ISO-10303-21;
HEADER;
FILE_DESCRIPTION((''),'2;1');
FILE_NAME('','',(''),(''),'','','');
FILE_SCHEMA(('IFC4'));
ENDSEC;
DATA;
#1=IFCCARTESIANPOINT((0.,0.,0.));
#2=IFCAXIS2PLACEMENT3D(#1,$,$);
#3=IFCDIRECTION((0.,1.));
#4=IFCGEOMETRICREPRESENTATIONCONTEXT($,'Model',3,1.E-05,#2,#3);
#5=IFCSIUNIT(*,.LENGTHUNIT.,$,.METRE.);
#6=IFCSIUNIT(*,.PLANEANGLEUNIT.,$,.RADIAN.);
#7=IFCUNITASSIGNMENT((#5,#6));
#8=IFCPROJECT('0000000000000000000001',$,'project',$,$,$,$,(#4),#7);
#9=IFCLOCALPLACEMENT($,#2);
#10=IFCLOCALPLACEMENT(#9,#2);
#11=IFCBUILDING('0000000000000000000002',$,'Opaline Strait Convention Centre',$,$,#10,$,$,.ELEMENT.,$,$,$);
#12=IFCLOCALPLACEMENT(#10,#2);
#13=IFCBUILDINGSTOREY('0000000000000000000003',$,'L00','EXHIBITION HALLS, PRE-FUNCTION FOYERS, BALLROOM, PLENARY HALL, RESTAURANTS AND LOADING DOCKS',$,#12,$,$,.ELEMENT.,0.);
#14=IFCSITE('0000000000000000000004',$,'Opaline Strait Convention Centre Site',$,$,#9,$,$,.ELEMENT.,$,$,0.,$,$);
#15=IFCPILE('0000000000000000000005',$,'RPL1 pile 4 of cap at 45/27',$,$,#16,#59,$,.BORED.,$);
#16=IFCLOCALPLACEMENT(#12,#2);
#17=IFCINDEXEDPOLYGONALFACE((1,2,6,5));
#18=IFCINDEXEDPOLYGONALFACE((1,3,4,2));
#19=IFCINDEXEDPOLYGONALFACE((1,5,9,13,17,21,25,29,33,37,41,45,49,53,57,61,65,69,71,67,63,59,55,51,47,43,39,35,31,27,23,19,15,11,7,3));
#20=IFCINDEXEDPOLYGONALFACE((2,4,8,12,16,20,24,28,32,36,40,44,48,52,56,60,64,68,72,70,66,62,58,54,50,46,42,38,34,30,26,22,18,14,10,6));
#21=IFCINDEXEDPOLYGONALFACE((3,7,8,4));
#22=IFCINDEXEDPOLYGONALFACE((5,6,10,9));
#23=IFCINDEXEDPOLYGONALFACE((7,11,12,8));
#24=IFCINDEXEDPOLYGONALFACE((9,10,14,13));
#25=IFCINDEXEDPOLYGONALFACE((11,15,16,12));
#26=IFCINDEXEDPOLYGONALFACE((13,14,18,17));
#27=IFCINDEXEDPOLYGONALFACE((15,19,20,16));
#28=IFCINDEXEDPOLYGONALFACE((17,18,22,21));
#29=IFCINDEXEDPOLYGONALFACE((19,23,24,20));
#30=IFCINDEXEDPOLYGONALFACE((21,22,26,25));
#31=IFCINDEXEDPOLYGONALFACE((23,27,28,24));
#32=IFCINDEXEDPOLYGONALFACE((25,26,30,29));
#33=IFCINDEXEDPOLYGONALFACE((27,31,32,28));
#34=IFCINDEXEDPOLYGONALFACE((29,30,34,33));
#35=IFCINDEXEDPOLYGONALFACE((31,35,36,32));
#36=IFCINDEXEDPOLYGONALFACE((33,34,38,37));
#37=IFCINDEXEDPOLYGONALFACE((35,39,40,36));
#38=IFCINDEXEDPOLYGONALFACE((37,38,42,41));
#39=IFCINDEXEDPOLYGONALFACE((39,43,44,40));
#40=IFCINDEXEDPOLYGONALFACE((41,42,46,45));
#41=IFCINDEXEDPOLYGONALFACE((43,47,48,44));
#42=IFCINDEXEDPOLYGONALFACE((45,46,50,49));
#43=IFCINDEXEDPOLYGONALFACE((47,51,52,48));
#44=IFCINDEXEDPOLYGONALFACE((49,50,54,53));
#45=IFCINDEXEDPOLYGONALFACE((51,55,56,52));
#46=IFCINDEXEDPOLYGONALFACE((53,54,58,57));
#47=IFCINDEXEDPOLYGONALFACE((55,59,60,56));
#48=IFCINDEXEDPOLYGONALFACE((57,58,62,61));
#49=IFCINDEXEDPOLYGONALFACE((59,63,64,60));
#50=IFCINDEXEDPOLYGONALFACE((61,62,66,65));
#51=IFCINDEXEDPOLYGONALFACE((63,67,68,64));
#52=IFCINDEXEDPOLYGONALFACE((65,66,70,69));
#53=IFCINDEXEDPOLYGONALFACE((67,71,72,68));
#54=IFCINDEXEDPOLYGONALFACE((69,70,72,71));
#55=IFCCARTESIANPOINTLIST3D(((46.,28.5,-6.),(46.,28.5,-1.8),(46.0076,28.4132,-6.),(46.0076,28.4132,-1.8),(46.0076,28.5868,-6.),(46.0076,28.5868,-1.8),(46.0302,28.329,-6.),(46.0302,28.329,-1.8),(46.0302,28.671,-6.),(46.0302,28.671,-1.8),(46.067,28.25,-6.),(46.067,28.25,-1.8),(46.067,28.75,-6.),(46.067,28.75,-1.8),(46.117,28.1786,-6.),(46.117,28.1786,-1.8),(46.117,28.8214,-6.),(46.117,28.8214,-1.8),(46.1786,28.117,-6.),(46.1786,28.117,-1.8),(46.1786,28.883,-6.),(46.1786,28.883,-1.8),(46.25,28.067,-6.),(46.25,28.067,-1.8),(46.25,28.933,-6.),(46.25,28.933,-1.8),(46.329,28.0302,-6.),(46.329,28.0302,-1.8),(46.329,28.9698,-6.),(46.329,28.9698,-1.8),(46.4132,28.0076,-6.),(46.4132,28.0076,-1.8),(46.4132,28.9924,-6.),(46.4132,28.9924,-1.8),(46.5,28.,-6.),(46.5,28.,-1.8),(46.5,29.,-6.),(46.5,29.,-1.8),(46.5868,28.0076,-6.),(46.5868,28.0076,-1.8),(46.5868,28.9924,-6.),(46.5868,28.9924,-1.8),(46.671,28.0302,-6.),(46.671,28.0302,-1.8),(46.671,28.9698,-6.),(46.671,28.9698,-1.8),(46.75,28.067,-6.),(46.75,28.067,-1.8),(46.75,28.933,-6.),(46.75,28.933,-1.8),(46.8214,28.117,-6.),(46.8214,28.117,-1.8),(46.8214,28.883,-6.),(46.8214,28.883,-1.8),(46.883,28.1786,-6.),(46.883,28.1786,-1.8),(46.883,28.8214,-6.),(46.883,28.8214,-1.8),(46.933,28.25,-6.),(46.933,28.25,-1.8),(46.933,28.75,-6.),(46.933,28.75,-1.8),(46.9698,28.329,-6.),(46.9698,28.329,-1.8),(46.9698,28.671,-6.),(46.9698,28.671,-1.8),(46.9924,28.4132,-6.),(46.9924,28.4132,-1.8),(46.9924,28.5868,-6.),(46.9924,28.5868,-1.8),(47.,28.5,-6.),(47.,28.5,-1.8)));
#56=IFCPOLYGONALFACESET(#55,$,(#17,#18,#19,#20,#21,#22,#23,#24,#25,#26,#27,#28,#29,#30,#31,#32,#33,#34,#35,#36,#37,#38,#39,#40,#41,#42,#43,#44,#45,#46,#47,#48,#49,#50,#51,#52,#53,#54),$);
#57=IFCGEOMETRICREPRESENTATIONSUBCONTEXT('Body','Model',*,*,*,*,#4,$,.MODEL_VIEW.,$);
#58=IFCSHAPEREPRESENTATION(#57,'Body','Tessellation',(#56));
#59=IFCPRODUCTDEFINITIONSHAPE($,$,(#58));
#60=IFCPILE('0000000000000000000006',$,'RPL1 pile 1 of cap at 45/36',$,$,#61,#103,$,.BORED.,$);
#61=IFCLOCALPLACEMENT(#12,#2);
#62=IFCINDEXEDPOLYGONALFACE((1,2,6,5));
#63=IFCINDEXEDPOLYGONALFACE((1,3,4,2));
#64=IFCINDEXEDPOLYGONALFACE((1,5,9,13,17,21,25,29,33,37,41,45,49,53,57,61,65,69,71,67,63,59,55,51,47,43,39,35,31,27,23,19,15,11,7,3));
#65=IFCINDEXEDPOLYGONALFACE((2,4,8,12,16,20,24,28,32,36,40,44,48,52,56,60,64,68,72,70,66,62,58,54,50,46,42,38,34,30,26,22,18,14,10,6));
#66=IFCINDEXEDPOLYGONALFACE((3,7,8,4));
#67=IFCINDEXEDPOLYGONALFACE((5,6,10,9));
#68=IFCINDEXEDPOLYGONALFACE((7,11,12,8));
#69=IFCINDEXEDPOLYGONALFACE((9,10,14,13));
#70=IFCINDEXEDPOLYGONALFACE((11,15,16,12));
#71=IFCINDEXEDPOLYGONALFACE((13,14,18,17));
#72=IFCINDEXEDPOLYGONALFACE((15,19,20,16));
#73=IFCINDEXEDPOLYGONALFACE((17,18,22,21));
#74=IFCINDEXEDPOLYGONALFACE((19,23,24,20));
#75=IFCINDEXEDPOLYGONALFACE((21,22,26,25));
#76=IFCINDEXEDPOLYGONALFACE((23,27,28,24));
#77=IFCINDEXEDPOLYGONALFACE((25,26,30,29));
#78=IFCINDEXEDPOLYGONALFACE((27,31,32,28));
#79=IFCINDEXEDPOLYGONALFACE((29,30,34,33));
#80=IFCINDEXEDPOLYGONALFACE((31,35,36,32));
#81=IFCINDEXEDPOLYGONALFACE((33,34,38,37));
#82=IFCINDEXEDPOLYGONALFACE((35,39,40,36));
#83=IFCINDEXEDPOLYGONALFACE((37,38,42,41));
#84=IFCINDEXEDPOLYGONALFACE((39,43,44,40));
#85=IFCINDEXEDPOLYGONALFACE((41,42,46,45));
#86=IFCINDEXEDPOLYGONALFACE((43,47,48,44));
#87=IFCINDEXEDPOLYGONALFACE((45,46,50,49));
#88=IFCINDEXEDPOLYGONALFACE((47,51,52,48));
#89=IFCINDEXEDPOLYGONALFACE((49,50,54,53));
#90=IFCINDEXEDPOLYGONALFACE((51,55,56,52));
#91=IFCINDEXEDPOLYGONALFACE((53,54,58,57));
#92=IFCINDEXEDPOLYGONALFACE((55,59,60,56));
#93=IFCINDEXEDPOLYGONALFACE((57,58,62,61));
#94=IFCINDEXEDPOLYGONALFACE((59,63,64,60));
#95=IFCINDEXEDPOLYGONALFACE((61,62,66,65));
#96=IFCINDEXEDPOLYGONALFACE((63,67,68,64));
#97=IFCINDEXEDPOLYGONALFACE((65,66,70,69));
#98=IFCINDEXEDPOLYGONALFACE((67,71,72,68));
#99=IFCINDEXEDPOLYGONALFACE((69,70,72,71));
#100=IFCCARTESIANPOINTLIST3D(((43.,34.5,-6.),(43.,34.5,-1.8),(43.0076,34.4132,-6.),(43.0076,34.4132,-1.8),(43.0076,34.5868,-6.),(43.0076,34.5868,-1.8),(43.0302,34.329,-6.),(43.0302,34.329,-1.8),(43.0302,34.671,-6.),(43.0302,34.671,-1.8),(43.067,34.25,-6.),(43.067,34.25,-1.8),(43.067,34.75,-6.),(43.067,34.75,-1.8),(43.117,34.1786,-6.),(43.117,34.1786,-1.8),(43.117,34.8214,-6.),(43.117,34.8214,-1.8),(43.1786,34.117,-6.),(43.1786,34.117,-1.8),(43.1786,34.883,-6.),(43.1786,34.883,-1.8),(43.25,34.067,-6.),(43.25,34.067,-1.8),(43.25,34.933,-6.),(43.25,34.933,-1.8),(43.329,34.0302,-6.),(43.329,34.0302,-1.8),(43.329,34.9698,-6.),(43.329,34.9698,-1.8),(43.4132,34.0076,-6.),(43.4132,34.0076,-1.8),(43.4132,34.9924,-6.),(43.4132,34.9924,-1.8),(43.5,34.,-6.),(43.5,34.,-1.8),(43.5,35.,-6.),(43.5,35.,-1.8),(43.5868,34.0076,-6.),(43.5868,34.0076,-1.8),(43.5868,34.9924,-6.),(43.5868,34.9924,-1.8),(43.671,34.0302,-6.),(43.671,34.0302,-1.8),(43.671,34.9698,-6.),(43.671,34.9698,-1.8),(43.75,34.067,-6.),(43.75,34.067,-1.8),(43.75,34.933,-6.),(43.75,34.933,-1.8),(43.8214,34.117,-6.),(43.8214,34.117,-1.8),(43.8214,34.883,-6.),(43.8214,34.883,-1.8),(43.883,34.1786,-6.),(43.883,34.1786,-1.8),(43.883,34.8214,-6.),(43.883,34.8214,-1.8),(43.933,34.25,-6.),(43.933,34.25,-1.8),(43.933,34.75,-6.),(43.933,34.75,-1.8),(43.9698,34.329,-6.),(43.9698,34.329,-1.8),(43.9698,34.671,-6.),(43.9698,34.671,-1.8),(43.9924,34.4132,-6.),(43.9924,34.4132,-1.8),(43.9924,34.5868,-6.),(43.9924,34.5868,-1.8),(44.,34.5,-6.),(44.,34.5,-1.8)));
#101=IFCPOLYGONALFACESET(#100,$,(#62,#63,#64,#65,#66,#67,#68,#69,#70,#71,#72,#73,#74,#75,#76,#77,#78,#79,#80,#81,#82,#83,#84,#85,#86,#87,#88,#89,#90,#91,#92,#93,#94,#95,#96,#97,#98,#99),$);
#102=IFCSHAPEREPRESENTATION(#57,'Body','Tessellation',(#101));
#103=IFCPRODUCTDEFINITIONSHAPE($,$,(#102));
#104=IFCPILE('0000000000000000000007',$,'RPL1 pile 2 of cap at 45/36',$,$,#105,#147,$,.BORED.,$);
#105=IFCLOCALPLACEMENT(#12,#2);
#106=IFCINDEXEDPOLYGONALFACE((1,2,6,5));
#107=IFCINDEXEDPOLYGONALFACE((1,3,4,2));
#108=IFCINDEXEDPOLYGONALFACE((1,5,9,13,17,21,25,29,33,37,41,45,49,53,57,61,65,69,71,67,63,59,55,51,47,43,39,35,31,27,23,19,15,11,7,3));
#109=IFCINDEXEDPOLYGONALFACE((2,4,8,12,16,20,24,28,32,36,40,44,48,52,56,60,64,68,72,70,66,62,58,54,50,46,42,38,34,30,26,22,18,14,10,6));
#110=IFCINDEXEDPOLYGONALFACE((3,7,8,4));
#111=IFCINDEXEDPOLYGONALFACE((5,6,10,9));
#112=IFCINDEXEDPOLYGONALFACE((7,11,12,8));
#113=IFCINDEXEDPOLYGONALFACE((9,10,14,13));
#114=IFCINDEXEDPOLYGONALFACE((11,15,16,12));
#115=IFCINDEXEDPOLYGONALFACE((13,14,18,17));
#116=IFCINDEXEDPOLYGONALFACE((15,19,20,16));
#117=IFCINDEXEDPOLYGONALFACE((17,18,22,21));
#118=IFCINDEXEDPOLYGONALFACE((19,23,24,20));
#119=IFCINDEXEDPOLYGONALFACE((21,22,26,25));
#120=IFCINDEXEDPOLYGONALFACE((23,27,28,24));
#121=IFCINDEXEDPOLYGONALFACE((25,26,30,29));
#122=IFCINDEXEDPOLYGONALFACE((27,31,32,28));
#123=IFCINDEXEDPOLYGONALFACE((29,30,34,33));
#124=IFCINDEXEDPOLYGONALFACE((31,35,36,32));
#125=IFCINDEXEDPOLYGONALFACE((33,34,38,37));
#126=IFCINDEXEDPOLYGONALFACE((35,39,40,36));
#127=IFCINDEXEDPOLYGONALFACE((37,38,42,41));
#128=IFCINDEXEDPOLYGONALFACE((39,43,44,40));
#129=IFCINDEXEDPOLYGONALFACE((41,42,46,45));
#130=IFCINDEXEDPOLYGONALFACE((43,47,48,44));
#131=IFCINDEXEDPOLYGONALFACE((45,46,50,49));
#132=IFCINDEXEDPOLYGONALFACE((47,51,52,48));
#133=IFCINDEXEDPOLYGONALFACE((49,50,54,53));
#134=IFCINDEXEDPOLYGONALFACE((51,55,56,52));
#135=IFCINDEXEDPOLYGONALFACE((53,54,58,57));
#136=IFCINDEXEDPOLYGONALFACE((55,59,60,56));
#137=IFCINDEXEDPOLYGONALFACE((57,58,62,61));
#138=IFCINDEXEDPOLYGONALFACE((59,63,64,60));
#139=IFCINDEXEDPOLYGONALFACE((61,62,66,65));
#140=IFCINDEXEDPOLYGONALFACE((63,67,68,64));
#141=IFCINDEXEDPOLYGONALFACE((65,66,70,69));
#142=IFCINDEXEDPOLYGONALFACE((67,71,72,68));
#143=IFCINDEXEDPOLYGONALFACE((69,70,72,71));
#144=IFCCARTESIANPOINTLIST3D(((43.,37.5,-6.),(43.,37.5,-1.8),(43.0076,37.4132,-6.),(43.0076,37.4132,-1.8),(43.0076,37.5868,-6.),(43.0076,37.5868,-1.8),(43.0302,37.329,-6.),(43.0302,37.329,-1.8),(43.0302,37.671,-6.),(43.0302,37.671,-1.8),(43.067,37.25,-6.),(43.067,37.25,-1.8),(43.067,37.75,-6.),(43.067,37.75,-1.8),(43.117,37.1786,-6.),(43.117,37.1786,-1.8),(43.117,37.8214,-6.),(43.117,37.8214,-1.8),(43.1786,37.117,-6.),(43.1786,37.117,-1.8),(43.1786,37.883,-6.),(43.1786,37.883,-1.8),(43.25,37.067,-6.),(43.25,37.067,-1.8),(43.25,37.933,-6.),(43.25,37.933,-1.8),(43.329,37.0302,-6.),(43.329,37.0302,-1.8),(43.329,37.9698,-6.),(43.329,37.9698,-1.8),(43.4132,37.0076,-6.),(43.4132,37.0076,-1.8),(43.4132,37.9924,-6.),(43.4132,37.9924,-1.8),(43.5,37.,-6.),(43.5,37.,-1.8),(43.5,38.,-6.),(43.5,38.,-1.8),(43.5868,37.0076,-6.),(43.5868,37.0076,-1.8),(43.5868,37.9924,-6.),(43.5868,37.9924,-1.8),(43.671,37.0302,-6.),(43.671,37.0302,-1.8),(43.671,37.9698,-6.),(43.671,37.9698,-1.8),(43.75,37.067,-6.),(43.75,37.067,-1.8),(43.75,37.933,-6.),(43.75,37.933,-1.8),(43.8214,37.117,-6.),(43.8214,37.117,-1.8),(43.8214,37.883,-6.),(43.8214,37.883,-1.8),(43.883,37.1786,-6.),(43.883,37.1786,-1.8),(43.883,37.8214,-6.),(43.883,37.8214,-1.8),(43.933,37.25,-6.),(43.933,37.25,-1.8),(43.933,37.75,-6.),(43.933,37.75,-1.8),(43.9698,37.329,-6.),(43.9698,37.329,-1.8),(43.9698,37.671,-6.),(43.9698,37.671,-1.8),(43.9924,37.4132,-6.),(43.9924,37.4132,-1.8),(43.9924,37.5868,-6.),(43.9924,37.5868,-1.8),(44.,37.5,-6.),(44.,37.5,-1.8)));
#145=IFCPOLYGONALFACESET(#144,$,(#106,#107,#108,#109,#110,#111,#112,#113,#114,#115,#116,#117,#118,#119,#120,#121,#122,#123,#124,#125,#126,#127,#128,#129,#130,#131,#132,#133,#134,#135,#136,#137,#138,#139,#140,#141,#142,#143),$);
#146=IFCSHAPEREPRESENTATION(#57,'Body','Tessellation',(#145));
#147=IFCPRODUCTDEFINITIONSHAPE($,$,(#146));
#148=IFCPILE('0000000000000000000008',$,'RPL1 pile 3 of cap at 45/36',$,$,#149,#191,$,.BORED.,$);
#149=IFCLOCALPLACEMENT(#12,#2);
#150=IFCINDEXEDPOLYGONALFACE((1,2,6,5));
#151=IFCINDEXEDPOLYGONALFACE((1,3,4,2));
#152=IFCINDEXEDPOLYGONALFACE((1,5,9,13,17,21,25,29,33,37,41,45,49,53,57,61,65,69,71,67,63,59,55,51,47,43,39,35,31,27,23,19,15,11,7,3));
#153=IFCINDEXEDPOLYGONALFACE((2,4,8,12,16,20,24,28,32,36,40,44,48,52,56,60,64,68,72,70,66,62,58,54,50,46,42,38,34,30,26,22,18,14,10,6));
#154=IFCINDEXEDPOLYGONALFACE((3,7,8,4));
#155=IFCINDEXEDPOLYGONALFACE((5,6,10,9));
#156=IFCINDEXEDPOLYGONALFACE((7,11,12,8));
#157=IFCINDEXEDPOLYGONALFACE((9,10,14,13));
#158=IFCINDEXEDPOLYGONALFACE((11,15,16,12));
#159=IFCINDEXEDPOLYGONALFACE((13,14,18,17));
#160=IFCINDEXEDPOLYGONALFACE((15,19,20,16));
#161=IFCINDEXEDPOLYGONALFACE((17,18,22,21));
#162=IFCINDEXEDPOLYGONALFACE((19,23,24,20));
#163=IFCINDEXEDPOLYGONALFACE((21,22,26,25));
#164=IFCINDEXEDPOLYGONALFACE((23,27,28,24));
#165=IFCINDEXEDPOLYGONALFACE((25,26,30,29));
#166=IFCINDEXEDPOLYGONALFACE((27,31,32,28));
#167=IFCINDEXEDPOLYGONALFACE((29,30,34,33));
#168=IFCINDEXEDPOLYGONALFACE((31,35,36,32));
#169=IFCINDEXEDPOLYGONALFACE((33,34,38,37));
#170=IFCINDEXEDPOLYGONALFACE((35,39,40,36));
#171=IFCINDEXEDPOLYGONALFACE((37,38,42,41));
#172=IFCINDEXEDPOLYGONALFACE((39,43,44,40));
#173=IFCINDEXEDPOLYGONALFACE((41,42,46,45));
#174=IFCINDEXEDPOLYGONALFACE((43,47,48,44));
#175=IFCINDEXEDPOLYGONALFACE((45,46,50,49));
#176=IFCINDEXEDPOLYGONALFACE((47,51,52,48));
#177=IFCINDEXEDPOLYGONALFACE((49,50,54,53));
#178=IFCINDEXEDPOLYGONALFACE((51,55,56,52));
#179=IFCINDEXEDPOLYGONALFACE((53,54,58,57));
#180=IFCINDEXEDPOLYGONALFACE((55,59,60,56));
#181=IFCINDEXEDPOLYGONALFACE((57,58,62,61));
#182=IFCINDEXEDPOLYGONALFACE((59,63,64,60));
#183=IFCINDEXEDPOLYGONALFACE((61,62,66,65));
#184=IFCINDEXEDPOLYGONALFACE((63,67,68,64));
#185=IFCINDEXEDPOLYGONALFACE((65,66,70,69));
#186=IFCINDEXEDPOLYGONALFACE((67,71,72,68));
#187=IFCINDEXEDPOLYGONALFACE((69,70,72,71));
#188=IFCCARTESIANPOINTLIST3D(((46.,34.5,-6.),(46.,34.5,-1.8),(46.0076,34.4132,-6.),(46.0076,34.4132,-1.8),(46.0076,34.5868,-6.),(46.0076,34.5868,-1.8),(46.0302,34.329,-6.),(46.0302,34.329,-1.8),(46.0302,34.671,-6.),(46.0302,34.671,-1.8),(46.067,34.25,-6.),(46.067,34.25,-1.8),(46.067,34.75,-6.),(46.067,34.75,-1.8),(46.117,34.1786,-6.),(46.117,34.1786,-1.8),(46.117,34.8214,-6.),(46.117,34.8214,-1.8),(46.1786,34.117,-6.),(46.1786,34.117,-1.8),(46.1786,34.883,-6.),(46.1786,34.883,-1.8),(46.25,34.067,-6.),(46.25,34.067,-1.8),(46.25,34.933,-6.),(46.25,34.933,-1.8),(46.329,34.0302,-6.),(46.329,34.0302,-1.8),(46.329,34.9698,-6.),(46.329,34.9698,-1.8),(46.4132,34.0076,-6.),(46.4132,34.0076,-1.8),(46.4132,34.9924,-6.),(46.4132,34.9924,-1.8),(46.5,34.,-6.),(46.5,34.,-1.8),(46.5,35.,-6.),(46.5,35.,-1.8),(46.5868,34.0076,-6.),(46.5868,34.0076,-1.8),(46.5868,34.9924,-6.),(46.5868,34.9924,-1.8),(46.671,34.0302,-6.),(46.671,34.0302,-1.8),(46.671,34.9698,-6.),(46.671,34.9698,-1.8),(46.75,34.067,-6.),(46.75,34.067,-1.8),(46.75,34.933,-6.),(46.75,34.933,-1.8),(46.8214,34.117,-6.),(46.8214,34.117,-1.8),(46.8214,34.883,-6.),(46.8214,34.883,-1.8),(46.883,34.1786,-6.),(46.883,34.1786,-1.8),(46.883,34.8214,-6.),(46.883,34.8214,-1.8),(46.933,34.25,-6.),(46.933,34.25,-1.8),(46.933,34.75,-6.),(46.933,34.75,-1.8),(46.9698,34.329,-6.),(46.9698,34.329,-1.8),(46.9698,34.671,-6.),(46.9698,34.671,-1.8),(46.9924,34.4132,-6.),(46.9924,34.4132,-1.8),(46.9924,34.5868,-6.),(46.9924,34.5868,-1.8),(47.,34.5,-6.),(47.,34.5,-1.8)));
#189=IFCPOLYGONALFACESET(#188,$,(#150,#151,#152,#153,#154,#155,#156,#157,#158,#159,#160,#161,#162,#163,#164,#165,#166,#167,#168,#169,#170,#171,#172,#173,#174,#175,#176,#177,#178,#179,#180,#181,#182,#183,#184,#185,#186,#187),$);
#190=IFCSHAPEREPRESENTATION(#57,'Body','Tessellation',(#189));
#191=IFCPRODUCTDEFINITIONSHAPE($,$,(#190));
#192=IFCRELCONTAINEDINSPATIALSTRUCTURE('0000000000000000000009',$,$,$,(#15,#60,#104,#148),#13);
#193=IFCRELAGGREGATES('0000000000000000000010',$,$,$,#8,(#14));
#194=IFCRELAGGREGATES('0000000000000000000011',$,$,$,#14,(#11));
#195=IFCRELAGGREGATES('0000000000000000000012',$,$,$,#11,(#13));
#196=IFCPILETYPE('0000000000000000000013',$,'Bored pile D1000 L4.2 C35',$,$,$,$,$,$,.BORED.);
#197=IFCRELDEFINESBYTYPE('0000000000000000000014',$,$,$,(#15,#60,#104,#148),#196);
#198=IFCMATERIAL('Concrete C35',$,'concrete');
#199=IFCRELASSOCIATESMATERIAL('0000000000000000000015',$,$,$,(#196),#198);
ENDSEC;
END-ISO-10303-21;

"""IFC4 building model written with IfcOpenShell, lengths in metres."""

from ifc_helpers import new_model, si_unit, direction, frame, origin, origin_2d, place, context, subcontext, project, spatial, circle, extrude, material, material_profile, profile_set, type_object, element, save


model = new_model("IFC4")

# Units and contexts
model_context = context("Model", 3, precision=1e-05, world=origin(), true_north=direction((0.0, 1.0)))
body_context = subcontext(model_context, "Body", "Model", "MODEL_VIEW")
ifc_project = project(units=[si_unit("LENGTHUNIT", "METRE"), si_unit("PLANEANGLEUNIT", "RADIAN")], contexts=[model_context])

# Site, building, storey
site_placement = place(None, origin())
site = spatial("IfcSite", under=ifc_project, at=site_placement, Name="Opaline Strait Convention Centre Site", CompositionType="ELEMENT", RefElevation=0.0)
building_placement = place(site_placement, origin())
building = spatial("IfcBuilding", under=site, at=building_placement, Name="Opaline Strait Convention Centre", CompositionType="ELEMENT")
storey_placement = place(building_placement, origin())
storey = spatial("IfcBuildingStorey", under=building, at=storey_placement, Name="L00", Description="EXHIBITION HALLS, PRE-FUNCTION FOYERS, BALLROOM, PLENARY HALL, RESTAURANTS AND LOADING DOCKS", CompositionType="ELEMENT", Elevation=0.0)

# Piles
ifc_material_1 = material(Name="Concrete C35", Category="concrete")
ifc_material_profile_1 = material_profile(ifc_material_1, circle(Radius=0.5, at=origin_2d()), Name="D1000")
ifc_profile_set_1 = profile_set([ifc_material_profile_1], Name="Concrete C35")
pile_type = type_object("IfcPileType", Name="Bored pile D1000 L4.2 C35", PredefinedType="BORED", material=ifc_profile_set_1)
for number, where, z_axis, x_axis, name in (
    (1, (46.5, 28.5, -1.8), (0.0, 0.0, -1.0), (1.0, 0.0, 0.0), "RPL1 pile 4 of cap at 45/27"),
    (2, (43.5, 34.5, -1.8), (0.0, 0.0, -1.0), (1.0, 0.0, 0.0), "RPL1 pile 1 of cap at 45/36"),
    (3, (43.5, 37.5, -1.8), (0.0, 0.0, -1.0), (1.0, 0.0, 0.0), "RPL1 pile 2 of cap at 45/36"),
    (4, (46.5, 34.5, -1.8), (0.0, 0.0, -1.0), (1.0, 0.0, 0.0), "RPL1 pile 3 of cap at 45/36"),
):
    element("IfcPile", number, at=place(storey_placement, frame(where, z_axis=z_axis, x_axis=x_axis)), inside=storey, type_object=pile_type, Name=name, PredefinedType="BORED", context=body_context, shape_type="SweptSolid", body=[
        extrude(circle(Radius=0.5, at=origin_2d()), origin(), (0.0, 0.0, 1.0), 4.2),
    ])

save(model, "model.ifc")
